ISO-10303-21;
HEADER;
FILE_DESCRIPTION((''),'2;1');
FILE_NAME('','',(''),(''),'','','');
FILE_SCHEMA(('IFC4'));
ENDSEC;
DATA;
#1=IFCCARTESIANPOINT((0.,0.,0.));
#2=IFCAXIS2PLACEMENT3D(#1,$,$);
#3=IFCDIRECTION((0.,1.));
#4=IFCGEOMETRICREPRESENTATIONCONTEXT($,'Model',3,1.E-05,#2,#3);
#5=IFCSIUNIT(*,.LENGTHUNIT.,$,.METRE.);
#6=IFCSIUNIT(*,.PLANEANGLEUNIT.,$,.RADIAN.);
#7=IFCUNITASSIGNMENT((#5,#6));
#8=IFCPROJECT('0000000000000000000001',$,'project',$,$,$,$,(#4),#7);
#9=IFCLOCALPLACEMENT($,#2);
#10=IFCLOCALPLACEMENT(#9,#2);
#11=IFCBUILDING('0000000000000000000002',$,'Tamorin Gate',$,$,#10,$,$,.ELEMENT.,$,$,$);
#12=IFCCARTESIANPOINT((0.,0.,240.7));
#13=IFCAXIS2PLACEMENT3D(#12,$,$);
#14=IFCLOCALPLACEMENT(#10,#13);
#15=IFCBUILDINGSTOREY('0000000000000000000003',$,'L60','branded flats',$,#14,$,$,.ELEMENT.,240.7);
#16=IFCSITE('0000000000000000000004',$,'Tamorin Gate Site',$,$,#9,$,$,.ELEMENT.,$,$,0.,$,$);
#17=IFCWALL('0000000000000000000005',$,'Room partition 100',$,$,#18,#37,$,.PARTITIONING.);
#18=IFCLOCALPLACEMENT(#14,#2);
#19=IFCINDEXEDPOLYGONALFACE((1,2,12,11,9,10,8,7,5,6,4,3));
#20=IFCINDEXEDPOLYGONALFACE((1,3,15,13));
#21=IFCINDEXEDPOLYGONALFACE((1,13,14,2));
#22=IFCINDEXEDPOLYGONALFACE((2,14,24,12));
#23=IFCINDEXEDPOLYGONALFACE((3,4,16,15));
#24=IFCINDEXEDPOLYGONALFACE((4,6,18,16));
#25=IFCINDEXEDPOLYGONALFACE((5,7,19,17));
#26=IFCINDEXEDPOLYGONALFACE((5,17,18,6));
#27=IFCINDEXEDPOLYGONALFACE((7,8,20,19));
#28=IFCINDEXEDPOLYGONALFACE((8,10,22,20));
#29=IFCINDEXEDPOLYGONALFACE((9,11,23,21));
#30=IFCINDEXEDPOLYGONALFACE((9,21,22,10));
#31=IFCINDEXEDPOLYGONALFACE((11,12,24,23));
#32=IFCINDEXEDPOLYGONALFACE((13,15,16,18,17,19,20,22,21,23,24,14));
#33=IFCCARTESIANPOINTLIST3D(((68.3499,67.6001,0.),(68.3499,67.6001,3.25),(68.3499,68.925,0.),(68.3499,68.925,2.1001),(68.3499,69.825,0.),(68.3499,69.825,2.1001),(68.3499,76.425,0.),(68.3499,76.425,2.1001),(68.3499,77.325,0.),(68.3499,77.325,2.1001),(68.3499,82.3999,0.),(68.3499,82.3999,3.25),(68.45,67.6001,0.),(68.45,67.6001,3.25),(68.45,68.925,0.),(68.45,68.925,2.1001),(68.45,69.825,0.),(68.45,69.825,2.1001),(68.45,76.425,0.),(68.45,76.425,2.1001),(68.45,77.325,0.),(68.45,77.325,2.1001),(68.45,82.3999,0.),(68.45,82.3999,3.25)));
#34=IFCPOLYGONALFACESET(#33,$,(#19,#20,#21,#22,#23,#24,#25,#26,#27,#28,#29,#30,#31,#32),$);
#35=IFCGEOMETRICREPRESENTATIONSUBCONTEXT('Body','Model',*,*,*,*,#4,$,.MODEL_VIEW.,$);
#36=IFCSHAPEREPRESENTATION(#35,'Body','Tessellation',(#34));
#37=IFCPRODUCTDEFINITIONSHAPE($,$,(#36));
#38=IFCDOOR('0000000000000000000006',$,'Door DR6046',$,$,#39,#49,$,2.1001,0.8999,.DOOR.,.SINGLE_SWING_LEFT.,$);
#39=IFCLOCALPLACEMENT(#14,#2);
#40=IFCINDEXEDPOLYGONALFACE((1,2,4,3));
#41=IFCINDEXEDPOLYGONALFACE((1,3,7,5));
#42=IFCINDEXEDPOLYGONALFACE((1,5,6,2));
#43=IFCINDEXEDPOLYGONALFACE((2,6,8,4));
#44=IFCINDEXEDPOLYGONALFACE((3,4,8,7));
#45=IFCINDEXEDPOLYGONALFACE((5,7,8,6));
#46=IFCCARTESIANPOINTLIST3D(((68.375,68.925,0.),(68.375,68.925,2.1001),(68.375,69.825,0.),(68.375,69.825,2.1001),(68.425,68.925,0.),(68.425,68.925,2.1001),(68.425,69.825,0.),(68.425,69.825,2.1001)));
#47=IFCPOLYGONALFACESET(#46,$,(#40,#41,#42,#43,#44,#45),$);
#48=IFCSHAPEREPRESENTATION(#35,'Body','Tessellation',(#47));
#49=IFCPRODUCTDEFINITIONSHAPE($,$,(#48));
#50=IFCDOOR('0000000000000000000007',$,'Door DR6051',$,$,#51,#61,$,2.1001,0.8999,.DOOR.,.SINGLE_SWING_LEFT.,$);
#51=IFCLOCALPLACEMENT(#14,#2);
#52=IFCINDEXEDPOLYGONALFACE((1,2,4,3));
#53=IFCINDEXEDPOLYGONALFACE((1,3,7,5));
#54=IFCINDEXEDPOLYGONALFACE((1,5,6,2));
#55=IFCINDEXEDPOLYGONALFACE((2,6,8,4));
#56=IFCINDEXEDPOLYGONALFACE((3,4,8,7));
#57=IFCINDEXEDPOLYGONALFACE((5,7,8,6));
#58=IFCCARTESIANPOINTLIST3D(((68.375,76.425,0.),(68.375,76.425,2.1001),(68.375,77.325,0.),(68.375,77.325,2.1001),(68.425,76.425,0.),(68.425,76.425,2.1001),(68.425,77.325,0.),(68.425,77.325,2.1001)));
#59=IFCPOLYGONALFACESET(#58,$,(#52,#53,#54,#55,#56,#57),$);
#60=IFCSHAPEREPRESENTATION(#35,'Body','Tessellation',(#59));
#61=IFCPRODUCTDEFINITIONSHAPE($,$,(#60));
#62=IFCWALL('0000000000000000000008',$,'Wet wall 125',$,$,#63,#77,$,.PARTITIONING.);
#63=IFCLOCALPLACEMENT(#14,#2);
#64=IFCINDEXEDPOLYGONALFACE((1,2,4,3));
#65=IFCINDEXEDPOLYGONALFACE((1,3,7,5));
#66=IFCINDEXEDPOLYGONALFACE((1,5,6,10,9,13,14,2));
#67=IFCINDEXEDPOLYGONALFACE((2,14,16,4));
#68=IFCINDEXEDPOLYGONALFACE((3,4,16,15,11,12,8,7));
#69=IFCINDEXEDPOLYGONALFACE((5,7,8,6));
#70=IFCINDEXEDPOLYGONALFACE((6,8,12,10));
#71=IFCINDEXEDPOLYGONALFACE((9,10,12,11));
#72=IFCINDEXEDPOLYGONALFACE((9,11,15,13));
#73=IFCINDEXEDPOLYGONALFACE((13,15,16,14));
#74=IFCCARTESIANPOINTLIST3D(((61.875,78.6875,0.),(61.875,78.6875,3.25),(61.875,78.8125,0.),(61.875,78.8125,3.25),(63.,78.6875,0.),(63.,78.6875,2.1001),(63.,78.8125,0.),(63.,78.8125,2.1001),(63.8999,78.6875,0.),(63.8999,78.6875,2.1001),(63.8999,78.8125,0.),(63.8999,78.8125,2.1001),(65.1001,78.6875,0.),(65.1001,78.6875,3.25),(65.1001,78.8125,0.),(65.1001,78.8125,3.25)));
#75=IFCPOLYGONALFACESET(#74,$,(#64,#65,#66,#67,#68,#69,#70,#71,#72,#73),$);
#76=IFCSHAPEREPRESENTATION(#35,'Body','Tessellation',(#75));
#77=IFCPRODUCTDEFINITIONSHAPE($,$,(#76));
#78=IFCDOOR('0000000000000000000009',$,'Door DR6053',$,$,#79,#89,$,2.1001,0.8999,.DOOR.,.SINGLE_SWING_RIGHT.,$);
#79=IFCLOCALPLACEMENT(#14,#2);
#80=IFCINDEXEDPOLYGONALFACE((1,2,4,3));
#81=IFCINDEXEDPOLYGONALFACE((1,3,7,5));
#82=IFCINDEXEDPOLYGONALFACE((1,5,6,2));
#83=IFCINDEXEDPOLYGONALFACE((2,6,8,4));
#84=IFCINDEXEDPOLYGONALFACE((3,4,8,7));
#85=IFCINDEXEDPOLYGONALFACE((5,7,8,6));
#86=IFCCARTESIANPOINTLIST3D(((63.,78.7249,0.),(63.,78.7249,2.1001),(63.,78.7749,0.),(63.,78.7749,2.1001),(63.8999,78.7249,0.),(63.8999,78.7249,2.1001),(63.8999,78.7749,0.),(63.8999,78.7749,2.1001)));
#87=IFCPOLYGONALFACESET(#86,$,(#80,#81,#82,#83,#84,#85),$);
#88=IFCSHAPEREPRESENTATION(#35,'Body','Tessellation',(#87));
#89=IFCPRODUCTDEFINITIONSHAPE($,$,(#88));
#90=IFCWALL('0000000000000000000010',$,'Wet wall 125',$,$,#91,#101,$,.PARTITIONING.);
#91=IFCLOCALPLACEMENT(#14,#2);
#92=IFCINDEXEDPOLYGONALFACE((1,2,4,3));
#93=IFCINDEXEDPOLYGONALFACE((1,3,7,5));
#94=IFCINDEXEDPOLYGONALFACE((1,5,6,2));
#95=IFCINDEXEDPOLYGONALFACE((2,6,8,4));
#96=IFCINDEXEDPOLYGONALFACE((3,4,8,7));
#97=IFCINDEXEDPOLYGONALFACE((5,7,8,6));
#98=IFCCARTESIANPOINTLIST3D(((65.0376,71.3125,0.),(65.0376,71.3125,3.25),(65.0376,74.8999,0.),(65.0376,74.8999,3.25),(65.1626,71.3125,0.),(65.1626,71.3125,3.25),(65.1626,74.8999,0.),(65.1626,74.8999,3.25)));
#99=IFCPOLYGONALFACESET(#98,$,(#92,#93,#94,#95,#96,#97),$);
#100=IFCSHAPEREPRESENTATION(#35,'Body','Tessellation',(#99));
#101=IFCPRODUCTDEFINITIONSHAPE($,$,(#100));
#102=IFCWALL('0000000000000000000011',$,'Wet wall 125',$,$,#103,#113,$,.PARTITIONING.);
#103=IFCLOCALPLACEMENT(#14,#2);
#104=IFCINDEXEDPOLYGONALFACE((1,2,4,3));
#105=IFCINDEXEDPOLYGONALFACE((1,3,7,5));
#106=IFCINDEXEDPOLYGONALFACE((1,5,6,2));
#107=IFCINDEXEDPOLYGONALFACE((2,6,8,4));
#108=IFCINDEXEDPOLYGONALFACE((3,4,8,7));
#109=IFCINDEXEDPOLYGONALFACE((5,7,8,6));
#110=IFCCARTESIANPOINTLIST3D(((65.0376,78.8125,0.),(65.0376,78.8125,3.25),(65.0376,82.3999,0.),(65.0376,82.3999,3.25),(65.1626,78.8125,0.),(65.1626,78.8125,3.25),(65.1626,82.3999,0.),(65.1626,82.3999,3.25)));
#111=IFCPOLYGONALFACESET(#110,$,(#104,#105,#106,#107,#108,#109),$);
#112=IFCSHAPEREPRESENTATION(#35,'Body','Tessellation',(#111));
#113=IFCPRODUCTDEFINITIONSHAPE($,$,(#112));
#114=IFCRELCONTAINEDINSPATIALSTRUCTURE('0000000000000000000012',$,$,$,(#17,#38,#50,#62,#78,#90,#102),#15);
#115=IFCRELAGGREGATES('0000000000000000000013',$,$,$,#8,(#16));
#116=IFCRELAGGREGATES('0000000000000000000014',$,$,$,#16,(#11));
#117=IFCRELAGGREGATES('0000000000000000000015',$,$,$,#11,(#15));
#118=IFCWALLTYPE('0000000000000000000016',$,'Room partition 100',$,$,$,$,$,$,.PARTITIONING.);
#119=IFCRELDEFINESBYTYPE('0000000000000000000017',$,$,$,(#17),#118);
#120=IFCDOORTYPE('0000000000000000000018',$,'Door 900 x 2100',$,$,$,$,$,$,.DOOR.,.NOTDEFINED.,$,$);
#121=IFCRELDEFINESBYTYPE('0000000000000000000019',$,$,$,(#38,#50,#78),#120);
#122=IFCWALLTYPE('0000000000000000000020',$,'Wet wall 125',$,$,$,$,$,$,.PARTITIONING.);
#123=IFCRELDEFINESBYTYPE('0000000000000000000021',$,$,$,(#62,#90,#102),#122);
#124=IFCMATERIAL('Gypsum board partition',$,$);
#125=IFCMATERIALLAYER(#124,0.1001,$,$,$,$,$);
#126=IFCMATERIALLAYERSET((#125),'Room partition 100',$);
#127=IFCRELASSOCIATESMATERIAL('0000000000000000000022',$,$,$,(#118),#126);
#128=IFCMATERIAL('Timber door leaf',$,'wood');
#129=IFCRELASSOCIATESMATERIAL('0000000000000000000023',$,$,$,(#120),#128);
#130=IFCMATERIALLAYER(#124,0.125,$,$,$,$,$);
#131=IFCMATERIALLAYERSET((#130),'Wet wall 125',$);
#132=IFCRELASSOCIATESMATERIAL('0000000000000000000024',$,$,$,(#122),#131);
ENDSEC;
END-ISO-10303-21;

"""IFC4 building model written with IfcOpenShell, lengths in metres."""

from ifc_helpers import new_model, si_unit, direction, frame, frame_2d, origin, place, context, subcontext, project, spatial, rectangle, extrude, material, layer, layer_set, type_object, element, fill, save


model = new_model("IFC4")

# Units and contexts
model_context = context("Model", 3, precision=1e-05, world=origin(), true_north=direction((0.0, 1.0)))
body_context = subcontext(model_context, "Body", "Model", "MODEL_VIEW")
ifc_project = project(units=[si_unit("LENGTHUNIT", "METRE"), si_unit("PLANEANGLEUNIT", "RADIAN")], contexts=[model_context])

# Site, building, storey
site_placement = place(None, origin())
site = spatial("IfcSite", under=ifc_project, at=site_placement, Name="Tamorin Gate Site", CompositionType="ELEMENT", RefElevation=0.0)
building_placement = place(site_placement, origin())
building = spatial("IfcBuilding", under=site, at=building_placement, Name="Tamorin Gate", CompositionType="ELEMENT")
storey_placement = place(building_placement, frame((0.0, 0.0, 240.7)))
storey = spatial("IfcBuildingStorey", under=building, at=storey_placement, Name="L60", Description="branded flats", CompositionType="ELEMENT", Elevation=240.7)

# Wall, openings, doors
ifc_material_1 = material(Name="Gypsum board partition")
ifc_layer_1 = layer(ifc_material_1, 0.1001)
ifc_layer_set_1 = layer_set([ifc_layer_1], Name="Room partition 100")
wall_type_1 = type_object("IfcWallType", Name="Room partition 100", PredefinedType="PARTITIONING", material=ifc_layer_set_1)
ifc_material_2 = material(Name="Timber door leaf", Category="wood")
door_type = type_object("IfcDoorType", Name="Door 900 x 2100", OperationType="NOTDEFINED", PredefinedType="DOOR", material=ifc_material_2)
wall_1_placement = place(storey_placement, frame((68.3999, 67.6001, 0.0), z_axis=(0.0, 0.0, 1.0), x_axis=(0.0, 1.0, 0.0)))
wall_1 = element("IfcWall", 1, at=wall_1_placement, inside=storey, type_object=wall_type_1, Name="Room partition 100", PredefinedType="PARTITIONING", context=body_context, shape_type="SweptSolid", body=[
    extrude(rectangle(XDim=14.7998, YDim=0.1001, at=frame_2d((7.3999, 0.0))), origin(), (0.0, 0.0, 1.0), 3.25),
])
opening_1_placement = place(wall_1_placement, frame((1.325, 0.0, 0.0)))
opening_1 = element("IfcOpeningElement", 2, at=opening_1_placement, cuts=wall_1, PredefinedType="OPENING", context=body_context, shape_type="SweptSolid", body=[
    extrude(rectangle(XDim=0.8999, YDim=2.1001, at=frame_2d((0.45, 1.05))), frame((0.0, 0.0601, 0.0), z_axis=(0.0, -1.0, 0.0), x_axis=(1.0, 0.0, 0.0)), (0.0, 0.0, 1.0), 0.1201),
])
opening_2_placement = place(wall_1_placement, frame((8.825, 0.0, 0.0)))
opening_2 = element("IfcOpeningElement", 3, at=opening_2_placement, cuts=wall_1, PredefinedType="OPENING", context=body_context, shape_type="SweptSolid", body=[
    extrude(rectangle(XDim=0.8999, YDim=2.1001, at=frame_2d((0.45, 1.05))), frame((0.0, 0.0601, 0.0), z_axis=(0.0, -1.0, 0.0), x_axis=(1.0, 0.0, 0.0)), (0.0, 0.0, 1.0), 0.1201),
])
door_1_placement = place(opening_1_placement, origin())
door_1 = element("IfcDoor", 4, at=door_1_placement, inside=storey, type_object=door_type, Name="Door DR6046", OperationType="SINGLE_SWING_LEFT", OverallHeight=2.1001, OverallWidth=0.8999, PredefinedType="DOOR", context=body_context, shape_type="SweptSolid", body=[
    extrude(rectangle(XDim=0.8999, YDim=2.1001, at=frame_2d((0.45, 1.05))), frame((0.0, 0.0249, 0.0), z_axis=(0.0, -1.0, 0.0), x_axis=(1.0, 0.0, 0.0)), (0.0, 0.0, 1.0), 0.05),
])
fill(opening_1, door_1)
door_2_placement = place(opening_2_placement, origin())
door_2 = element("IfcDoor", 5, at=door_2_placement, inside=storey, type_object=door_type, Name="Door DR6051", OperationType="SINGLE_SWING_LEFT", OverallHeight=2.1001, OverallWidth=0.8999, PredefinedType="DOOR", context=body_context, shape_type="SweptSolid", body=[
    extrude(rectangle(XDim=0.8999, YDim=2.1001, at=frame_2d((0.45, 1.05))), frame((0.0, 0.0249, 0.0), z_axis=(0.0, -1.0, 0.0), x_axis=(1.0, 0.0, 0.0)), (0.0, 0.0, 1.0), 0.05),
])
fill(opening_2, door_2)

# Wall, opening, door
ifc_layer_2 = layer(ifc_material_1, 0.125)
ifc_layer_set_2 = layer_set([ifc_layer_2], Name="Wet wall 125")
wall_type_2 = type_object("IfcWallType", Name="Wet wall 125", PredefinedType="PARTITIONING", material=ifc_layer_set_2)
wall_2_placement = place(storey_placement, frame((61.875, 78.75, 0.0), z_axis=(0.0, 0.0, 1.0), x_axis=(1.0, 0.0, 0.0)))
wall_2 = element("IfcWall", 6, at=wall_2_placement, inside=storey, type_object=wall_type_2, Name="Wet wall 125", PredefinedType="PARTITIONING", context=body_context, shape_type="SweptSolid", body=[
    extrude(rectangle(XDim=3.2251, YDim=0.125, at=frame_2d((1.6125, 0.0))), origin(), (0.0, 0.0, 1.0), 3.25),
])
opening_3_placement = place(wall_2_placement, frame((1.125, 0.0, 0.0)))
opening_3 = element("IfcOpeningElement", 7, at=opening_3_placement, cuts=wall_2, PredefinedType="OPENING", context=body_context, shape_type="SweptSolid", body=[
    extrude(rectangle(XDim=0.8999, YDim=2.1001, at=frame_2d((0.45, 1.05))), frame((0.0, 0.0725, 0.0), z_axis=(0.0, -1.0, 0.0), x_axis=(1.0, 0.0, 0.0)), (0.0, 0.0, 1.0), 0.145),
])
door_3_placement = place(opening_3_placement, origin())
door_3 = element("IfcDoor", 8, at=door_3_placement, inside=storey, type_object=door_type, Name="Door DR6053", OperationType="SINGLE_SWING_RIGHT", OverallHeight=2.1001, OverallWidth=0.8999, PredefinedType="DOOR", context=body_context, shape_type="SweptSolid", body=[
    extrude(rectangle(XDim=0.8999, YDim=2.1001, at=frame_2d((0.45, 1.05))), frame((0.0, 0.0249, 0.0), z_axis=(0.0, -1.0, 0.0), x_axis=(1.0, 0.0, 0.0)), (0.0, 0.0, 1.0), 0.05),
])
fill(opening_3, door_3)

# Walls
for number, where, z_axis, x_axis, name in (
    (9, (65.1001, 71.3125, 0.0), (0.0, 0.0, 1.0), (0.0, 1.0, 0.0), "Wet wall 125"),
    (10, (65.1001, 78.8125, 0.0), (0.0, 0.0, 1.0), (0.0, 1.0, 0.0), "Wet wall 125"),
):
    element("IfcWall", number, at=place(storey_placement, frame(where, z_axis=z_axis, x_axis=x_axis)), inside=storey, type_object=wall_type_2, Name=name, PredefinedType="PARTITIONING", context=body_context, shape_type="SweptSolid", body=[
        extrude(rectangle(XDim=3.5874, YDim=0.125, at=frame_2d((1.7937, 0.0))), origin(), (0.0, 0.0, 1.0), 3.25),
    ])

save(model, "model.ifc")
